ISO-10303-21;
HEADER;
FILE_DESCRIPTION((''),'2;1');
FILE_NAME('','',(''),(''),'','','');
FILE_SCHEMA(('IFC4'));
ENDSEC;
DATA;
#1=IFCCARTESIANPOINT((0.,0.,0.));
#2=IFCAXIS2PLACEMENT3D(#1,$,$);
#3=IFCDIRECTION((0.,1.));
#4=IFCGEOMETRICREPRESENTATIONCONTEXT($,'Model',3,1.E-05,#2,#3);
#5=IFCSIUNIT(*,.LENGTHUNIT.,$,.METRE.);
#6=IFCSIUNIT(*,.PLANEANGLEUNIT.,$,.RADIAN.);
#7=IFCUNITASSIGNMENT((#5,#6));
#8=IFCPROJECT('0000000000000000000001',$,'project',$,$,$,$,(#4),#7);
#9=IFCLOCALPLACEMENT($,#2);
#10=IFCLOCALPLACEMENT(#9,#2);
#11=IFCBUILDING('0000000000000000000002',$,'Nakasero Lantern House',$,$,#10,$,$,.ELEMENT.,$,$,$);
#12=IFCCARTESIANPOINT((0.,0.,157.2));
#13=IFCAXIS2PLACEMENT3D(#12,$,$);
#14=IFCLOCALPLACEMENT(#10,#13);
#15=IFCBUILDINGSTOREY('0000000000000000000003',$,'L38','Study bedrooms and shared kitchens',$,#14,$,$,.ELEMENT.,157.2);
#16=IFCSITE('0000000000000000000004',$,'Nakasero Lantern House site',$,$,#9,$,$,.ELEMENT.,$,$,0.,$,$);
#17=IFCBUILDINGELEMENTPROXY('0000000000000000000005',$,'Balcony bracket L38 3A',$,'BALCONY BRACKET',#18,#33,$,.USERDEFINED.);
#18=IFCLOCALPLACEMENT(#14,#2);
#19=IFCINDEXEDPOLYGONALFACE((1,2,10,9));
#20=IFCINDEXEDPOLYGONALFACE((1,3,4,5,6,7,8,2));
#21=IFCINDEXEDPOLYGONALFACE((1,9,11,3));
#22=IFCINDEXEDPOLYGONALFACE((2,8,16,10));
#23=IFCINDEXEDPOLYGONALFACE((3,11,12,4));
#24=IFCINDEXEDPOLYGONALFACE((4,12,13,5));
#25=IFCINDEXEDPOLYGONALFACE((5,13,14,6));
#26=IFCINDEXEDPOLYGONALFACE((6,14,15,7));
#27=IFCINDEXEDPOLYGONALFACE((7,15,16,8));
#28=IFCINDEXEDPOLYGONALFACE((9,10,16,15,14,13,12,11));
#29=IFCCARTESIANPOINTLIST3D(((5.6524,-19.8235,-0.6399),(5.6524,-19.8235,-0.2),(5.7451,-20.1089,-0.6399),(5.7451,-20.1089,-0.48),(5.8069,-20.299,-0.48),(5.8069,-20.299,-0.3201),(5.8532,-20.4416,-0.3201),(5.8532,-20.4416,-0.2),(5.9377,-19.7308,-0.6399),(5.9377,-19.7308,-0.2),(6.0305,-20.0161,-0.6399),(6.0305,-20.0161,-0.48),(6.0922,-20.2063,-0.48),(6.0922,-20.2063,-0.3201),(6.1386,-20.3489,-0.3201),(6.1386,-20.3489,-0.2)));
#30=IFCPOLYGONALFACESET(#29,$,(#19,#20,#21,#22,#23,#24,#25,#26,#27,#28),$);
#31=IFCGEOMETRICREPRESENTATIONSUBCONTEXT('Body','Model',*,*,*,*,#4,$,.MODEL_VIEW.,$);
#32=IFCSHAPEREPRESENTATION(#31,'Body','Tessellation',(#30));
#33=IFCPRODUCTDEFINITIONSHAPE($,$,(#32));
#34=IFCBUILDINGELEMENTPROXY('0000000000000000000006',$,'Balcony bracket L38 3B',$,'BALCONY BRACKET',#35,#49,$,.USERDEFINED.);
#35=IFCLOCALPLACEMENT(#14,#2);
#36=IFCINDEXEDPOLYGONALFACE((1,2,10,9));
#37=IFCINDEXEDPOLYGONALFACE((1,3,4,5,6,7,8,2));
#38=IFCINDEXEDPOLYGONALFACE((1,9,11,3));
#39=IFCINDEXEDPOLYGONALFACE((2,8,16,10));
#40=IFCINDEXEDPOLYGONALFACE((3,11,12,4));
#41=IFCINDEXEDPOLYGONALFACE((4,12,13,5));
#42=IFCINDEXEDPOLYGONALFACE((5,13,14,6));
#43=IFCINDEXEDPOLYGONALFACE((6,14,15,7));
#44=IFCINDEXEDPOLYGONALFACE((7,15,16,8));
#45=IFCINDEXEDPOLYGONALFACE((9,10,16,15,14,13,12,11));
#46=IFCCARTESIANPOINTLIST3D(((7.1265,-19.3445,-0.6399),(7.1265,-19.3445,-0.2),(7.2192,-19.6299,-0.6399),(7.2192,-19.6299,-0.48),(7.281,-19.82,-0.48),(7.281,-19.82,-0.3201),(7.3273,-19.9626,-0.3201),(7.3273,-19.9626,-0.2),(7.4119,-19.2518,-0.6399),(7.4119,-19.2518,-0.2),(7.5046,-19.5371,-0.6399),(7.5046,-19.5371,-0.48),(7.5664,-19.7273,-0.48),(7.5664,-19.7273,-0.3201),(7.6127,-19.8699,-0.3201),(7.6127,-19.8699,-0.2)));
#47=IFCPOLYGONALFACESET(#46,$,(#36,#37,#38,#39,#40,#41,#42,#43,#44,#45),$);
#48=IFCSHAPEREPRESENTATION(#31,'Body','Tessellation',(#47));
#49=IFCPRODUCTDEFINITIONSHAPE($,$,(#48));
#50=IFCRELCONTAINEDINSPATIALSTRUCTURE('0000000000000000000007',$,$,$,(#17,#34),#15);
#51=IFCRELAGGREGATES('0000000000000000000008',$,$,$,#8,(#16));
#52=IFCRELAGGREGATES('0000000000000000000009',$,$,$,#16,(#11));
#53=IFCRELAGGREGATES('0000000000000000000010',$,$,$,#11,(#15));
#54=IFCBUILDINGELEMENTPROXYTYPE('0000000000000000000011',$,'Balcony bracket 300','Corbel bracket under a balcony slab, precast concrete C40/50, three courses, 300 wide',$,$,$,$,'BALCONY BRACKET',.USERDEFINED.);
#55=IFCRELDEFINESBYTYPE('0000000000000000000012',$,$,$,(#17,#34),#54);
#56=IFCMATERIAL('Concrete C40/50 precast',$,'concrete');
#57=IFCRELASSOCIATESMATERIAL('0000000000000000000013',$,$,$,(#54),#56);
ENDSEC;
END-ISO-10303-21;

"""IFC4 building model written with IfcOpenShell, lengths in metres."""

from ifc_helpers import new_model, si_unit, direction, frame, origin, place, context, subcontext, project, spatial, polyline, outline, extrude, material, type_object, element, save


model = new_model("IFC4")

# Units and contexts
model_context = context("Model", 3, precision=1e-05, world=origin(), true_north=direction((0.0, 1.0)))
body_context = subcontext(model_context, "Body", "Model", "MODEL_VIEW")
ifc_project = project(units=[si_unit("LENGTHUNIT", "METRE"), si_unit("PLANEANGLEUNIT", "RADIAN")], contexts=[model_context])

# Site, building, storey
site_placement = place(None, origin())
site = spatial("IfcSite", under=ifc_project, at=site_placement, Name="Nakasero Lantern House site", CompositionType="ELEMENT", RefElevation=0.0)
building_placement = place(site_placement, origin())
building = spatial("IfcBuilding", under=site, at=building_placement, Name="Nakasero Lantern House", CompositionType="ELEMENT")
storey_placement = place(building_placement, frame((0.0, 0.0, 157.2)))
storey = spatial("IfcBuildingStorey", under=building, at=storey_placement, Name="L38", Description="Study bedrooms and shared kitchens", CompositionType="ELEMENT", Elevation=157.2)

# Building element proxies
ifc_material_1 = material(Name="Concrete C40/50 precast", Category="concrete")
building_element_proxy_type = type_object("IfcBuildingElementProxyType", Name="Balcony bracket 300", Description="Corbel bracket under a balcony slab, precast concrete C40/50, three courses, 300 wide", ElementType="BALCONY BRACKET", PredefinedType="USERDEFINED", material=ifc_material_1)
for number, where, z_axis, x_axis, name in (
    (1, (5.7952, -19.7771, -0.2), (0.0, 0.0, 1.0), (0.309017, -0.951057, 0.0), "Balcony bracket L38 3A"),
    (2, (7.2693, -19.2981, -0.2), (0.0, 0.0, 1.0), (0.309017, -0.951057, 0.0), "Balcony bracket L38 3B"),
):
    element("IfcBuildingElementProxy", number, at=place(storey_placement, frame(where, z_axis=z_axis, x_axis=x_axis)), inside=storey, type_object=building_element_proxy_type, Name=name, ObjectType="BALCONY BRACKET", PredefinedType="USERDEFINED", context=body_context, shape_type="SweptSolid", body=[
        extrude(outline(polyline([(0.0, 0.0), (0.6499, 0.0), (0.6499, -0.1201), (0.5, -0.1201), (0.5, -0.28), (0.3, -0.28), (0.3, -0.4399), (0.0, -0.4399), (0.0, 0.0)])), frame((0.0, 0.1499, 0.0), z_axis=(0.0, -1.0, 0.0), x_axis=(1.0, 0.0, 0.0)), (0.0, 0.0, 1.0), 0.3),
    ])

save(model, "model.ifc")
